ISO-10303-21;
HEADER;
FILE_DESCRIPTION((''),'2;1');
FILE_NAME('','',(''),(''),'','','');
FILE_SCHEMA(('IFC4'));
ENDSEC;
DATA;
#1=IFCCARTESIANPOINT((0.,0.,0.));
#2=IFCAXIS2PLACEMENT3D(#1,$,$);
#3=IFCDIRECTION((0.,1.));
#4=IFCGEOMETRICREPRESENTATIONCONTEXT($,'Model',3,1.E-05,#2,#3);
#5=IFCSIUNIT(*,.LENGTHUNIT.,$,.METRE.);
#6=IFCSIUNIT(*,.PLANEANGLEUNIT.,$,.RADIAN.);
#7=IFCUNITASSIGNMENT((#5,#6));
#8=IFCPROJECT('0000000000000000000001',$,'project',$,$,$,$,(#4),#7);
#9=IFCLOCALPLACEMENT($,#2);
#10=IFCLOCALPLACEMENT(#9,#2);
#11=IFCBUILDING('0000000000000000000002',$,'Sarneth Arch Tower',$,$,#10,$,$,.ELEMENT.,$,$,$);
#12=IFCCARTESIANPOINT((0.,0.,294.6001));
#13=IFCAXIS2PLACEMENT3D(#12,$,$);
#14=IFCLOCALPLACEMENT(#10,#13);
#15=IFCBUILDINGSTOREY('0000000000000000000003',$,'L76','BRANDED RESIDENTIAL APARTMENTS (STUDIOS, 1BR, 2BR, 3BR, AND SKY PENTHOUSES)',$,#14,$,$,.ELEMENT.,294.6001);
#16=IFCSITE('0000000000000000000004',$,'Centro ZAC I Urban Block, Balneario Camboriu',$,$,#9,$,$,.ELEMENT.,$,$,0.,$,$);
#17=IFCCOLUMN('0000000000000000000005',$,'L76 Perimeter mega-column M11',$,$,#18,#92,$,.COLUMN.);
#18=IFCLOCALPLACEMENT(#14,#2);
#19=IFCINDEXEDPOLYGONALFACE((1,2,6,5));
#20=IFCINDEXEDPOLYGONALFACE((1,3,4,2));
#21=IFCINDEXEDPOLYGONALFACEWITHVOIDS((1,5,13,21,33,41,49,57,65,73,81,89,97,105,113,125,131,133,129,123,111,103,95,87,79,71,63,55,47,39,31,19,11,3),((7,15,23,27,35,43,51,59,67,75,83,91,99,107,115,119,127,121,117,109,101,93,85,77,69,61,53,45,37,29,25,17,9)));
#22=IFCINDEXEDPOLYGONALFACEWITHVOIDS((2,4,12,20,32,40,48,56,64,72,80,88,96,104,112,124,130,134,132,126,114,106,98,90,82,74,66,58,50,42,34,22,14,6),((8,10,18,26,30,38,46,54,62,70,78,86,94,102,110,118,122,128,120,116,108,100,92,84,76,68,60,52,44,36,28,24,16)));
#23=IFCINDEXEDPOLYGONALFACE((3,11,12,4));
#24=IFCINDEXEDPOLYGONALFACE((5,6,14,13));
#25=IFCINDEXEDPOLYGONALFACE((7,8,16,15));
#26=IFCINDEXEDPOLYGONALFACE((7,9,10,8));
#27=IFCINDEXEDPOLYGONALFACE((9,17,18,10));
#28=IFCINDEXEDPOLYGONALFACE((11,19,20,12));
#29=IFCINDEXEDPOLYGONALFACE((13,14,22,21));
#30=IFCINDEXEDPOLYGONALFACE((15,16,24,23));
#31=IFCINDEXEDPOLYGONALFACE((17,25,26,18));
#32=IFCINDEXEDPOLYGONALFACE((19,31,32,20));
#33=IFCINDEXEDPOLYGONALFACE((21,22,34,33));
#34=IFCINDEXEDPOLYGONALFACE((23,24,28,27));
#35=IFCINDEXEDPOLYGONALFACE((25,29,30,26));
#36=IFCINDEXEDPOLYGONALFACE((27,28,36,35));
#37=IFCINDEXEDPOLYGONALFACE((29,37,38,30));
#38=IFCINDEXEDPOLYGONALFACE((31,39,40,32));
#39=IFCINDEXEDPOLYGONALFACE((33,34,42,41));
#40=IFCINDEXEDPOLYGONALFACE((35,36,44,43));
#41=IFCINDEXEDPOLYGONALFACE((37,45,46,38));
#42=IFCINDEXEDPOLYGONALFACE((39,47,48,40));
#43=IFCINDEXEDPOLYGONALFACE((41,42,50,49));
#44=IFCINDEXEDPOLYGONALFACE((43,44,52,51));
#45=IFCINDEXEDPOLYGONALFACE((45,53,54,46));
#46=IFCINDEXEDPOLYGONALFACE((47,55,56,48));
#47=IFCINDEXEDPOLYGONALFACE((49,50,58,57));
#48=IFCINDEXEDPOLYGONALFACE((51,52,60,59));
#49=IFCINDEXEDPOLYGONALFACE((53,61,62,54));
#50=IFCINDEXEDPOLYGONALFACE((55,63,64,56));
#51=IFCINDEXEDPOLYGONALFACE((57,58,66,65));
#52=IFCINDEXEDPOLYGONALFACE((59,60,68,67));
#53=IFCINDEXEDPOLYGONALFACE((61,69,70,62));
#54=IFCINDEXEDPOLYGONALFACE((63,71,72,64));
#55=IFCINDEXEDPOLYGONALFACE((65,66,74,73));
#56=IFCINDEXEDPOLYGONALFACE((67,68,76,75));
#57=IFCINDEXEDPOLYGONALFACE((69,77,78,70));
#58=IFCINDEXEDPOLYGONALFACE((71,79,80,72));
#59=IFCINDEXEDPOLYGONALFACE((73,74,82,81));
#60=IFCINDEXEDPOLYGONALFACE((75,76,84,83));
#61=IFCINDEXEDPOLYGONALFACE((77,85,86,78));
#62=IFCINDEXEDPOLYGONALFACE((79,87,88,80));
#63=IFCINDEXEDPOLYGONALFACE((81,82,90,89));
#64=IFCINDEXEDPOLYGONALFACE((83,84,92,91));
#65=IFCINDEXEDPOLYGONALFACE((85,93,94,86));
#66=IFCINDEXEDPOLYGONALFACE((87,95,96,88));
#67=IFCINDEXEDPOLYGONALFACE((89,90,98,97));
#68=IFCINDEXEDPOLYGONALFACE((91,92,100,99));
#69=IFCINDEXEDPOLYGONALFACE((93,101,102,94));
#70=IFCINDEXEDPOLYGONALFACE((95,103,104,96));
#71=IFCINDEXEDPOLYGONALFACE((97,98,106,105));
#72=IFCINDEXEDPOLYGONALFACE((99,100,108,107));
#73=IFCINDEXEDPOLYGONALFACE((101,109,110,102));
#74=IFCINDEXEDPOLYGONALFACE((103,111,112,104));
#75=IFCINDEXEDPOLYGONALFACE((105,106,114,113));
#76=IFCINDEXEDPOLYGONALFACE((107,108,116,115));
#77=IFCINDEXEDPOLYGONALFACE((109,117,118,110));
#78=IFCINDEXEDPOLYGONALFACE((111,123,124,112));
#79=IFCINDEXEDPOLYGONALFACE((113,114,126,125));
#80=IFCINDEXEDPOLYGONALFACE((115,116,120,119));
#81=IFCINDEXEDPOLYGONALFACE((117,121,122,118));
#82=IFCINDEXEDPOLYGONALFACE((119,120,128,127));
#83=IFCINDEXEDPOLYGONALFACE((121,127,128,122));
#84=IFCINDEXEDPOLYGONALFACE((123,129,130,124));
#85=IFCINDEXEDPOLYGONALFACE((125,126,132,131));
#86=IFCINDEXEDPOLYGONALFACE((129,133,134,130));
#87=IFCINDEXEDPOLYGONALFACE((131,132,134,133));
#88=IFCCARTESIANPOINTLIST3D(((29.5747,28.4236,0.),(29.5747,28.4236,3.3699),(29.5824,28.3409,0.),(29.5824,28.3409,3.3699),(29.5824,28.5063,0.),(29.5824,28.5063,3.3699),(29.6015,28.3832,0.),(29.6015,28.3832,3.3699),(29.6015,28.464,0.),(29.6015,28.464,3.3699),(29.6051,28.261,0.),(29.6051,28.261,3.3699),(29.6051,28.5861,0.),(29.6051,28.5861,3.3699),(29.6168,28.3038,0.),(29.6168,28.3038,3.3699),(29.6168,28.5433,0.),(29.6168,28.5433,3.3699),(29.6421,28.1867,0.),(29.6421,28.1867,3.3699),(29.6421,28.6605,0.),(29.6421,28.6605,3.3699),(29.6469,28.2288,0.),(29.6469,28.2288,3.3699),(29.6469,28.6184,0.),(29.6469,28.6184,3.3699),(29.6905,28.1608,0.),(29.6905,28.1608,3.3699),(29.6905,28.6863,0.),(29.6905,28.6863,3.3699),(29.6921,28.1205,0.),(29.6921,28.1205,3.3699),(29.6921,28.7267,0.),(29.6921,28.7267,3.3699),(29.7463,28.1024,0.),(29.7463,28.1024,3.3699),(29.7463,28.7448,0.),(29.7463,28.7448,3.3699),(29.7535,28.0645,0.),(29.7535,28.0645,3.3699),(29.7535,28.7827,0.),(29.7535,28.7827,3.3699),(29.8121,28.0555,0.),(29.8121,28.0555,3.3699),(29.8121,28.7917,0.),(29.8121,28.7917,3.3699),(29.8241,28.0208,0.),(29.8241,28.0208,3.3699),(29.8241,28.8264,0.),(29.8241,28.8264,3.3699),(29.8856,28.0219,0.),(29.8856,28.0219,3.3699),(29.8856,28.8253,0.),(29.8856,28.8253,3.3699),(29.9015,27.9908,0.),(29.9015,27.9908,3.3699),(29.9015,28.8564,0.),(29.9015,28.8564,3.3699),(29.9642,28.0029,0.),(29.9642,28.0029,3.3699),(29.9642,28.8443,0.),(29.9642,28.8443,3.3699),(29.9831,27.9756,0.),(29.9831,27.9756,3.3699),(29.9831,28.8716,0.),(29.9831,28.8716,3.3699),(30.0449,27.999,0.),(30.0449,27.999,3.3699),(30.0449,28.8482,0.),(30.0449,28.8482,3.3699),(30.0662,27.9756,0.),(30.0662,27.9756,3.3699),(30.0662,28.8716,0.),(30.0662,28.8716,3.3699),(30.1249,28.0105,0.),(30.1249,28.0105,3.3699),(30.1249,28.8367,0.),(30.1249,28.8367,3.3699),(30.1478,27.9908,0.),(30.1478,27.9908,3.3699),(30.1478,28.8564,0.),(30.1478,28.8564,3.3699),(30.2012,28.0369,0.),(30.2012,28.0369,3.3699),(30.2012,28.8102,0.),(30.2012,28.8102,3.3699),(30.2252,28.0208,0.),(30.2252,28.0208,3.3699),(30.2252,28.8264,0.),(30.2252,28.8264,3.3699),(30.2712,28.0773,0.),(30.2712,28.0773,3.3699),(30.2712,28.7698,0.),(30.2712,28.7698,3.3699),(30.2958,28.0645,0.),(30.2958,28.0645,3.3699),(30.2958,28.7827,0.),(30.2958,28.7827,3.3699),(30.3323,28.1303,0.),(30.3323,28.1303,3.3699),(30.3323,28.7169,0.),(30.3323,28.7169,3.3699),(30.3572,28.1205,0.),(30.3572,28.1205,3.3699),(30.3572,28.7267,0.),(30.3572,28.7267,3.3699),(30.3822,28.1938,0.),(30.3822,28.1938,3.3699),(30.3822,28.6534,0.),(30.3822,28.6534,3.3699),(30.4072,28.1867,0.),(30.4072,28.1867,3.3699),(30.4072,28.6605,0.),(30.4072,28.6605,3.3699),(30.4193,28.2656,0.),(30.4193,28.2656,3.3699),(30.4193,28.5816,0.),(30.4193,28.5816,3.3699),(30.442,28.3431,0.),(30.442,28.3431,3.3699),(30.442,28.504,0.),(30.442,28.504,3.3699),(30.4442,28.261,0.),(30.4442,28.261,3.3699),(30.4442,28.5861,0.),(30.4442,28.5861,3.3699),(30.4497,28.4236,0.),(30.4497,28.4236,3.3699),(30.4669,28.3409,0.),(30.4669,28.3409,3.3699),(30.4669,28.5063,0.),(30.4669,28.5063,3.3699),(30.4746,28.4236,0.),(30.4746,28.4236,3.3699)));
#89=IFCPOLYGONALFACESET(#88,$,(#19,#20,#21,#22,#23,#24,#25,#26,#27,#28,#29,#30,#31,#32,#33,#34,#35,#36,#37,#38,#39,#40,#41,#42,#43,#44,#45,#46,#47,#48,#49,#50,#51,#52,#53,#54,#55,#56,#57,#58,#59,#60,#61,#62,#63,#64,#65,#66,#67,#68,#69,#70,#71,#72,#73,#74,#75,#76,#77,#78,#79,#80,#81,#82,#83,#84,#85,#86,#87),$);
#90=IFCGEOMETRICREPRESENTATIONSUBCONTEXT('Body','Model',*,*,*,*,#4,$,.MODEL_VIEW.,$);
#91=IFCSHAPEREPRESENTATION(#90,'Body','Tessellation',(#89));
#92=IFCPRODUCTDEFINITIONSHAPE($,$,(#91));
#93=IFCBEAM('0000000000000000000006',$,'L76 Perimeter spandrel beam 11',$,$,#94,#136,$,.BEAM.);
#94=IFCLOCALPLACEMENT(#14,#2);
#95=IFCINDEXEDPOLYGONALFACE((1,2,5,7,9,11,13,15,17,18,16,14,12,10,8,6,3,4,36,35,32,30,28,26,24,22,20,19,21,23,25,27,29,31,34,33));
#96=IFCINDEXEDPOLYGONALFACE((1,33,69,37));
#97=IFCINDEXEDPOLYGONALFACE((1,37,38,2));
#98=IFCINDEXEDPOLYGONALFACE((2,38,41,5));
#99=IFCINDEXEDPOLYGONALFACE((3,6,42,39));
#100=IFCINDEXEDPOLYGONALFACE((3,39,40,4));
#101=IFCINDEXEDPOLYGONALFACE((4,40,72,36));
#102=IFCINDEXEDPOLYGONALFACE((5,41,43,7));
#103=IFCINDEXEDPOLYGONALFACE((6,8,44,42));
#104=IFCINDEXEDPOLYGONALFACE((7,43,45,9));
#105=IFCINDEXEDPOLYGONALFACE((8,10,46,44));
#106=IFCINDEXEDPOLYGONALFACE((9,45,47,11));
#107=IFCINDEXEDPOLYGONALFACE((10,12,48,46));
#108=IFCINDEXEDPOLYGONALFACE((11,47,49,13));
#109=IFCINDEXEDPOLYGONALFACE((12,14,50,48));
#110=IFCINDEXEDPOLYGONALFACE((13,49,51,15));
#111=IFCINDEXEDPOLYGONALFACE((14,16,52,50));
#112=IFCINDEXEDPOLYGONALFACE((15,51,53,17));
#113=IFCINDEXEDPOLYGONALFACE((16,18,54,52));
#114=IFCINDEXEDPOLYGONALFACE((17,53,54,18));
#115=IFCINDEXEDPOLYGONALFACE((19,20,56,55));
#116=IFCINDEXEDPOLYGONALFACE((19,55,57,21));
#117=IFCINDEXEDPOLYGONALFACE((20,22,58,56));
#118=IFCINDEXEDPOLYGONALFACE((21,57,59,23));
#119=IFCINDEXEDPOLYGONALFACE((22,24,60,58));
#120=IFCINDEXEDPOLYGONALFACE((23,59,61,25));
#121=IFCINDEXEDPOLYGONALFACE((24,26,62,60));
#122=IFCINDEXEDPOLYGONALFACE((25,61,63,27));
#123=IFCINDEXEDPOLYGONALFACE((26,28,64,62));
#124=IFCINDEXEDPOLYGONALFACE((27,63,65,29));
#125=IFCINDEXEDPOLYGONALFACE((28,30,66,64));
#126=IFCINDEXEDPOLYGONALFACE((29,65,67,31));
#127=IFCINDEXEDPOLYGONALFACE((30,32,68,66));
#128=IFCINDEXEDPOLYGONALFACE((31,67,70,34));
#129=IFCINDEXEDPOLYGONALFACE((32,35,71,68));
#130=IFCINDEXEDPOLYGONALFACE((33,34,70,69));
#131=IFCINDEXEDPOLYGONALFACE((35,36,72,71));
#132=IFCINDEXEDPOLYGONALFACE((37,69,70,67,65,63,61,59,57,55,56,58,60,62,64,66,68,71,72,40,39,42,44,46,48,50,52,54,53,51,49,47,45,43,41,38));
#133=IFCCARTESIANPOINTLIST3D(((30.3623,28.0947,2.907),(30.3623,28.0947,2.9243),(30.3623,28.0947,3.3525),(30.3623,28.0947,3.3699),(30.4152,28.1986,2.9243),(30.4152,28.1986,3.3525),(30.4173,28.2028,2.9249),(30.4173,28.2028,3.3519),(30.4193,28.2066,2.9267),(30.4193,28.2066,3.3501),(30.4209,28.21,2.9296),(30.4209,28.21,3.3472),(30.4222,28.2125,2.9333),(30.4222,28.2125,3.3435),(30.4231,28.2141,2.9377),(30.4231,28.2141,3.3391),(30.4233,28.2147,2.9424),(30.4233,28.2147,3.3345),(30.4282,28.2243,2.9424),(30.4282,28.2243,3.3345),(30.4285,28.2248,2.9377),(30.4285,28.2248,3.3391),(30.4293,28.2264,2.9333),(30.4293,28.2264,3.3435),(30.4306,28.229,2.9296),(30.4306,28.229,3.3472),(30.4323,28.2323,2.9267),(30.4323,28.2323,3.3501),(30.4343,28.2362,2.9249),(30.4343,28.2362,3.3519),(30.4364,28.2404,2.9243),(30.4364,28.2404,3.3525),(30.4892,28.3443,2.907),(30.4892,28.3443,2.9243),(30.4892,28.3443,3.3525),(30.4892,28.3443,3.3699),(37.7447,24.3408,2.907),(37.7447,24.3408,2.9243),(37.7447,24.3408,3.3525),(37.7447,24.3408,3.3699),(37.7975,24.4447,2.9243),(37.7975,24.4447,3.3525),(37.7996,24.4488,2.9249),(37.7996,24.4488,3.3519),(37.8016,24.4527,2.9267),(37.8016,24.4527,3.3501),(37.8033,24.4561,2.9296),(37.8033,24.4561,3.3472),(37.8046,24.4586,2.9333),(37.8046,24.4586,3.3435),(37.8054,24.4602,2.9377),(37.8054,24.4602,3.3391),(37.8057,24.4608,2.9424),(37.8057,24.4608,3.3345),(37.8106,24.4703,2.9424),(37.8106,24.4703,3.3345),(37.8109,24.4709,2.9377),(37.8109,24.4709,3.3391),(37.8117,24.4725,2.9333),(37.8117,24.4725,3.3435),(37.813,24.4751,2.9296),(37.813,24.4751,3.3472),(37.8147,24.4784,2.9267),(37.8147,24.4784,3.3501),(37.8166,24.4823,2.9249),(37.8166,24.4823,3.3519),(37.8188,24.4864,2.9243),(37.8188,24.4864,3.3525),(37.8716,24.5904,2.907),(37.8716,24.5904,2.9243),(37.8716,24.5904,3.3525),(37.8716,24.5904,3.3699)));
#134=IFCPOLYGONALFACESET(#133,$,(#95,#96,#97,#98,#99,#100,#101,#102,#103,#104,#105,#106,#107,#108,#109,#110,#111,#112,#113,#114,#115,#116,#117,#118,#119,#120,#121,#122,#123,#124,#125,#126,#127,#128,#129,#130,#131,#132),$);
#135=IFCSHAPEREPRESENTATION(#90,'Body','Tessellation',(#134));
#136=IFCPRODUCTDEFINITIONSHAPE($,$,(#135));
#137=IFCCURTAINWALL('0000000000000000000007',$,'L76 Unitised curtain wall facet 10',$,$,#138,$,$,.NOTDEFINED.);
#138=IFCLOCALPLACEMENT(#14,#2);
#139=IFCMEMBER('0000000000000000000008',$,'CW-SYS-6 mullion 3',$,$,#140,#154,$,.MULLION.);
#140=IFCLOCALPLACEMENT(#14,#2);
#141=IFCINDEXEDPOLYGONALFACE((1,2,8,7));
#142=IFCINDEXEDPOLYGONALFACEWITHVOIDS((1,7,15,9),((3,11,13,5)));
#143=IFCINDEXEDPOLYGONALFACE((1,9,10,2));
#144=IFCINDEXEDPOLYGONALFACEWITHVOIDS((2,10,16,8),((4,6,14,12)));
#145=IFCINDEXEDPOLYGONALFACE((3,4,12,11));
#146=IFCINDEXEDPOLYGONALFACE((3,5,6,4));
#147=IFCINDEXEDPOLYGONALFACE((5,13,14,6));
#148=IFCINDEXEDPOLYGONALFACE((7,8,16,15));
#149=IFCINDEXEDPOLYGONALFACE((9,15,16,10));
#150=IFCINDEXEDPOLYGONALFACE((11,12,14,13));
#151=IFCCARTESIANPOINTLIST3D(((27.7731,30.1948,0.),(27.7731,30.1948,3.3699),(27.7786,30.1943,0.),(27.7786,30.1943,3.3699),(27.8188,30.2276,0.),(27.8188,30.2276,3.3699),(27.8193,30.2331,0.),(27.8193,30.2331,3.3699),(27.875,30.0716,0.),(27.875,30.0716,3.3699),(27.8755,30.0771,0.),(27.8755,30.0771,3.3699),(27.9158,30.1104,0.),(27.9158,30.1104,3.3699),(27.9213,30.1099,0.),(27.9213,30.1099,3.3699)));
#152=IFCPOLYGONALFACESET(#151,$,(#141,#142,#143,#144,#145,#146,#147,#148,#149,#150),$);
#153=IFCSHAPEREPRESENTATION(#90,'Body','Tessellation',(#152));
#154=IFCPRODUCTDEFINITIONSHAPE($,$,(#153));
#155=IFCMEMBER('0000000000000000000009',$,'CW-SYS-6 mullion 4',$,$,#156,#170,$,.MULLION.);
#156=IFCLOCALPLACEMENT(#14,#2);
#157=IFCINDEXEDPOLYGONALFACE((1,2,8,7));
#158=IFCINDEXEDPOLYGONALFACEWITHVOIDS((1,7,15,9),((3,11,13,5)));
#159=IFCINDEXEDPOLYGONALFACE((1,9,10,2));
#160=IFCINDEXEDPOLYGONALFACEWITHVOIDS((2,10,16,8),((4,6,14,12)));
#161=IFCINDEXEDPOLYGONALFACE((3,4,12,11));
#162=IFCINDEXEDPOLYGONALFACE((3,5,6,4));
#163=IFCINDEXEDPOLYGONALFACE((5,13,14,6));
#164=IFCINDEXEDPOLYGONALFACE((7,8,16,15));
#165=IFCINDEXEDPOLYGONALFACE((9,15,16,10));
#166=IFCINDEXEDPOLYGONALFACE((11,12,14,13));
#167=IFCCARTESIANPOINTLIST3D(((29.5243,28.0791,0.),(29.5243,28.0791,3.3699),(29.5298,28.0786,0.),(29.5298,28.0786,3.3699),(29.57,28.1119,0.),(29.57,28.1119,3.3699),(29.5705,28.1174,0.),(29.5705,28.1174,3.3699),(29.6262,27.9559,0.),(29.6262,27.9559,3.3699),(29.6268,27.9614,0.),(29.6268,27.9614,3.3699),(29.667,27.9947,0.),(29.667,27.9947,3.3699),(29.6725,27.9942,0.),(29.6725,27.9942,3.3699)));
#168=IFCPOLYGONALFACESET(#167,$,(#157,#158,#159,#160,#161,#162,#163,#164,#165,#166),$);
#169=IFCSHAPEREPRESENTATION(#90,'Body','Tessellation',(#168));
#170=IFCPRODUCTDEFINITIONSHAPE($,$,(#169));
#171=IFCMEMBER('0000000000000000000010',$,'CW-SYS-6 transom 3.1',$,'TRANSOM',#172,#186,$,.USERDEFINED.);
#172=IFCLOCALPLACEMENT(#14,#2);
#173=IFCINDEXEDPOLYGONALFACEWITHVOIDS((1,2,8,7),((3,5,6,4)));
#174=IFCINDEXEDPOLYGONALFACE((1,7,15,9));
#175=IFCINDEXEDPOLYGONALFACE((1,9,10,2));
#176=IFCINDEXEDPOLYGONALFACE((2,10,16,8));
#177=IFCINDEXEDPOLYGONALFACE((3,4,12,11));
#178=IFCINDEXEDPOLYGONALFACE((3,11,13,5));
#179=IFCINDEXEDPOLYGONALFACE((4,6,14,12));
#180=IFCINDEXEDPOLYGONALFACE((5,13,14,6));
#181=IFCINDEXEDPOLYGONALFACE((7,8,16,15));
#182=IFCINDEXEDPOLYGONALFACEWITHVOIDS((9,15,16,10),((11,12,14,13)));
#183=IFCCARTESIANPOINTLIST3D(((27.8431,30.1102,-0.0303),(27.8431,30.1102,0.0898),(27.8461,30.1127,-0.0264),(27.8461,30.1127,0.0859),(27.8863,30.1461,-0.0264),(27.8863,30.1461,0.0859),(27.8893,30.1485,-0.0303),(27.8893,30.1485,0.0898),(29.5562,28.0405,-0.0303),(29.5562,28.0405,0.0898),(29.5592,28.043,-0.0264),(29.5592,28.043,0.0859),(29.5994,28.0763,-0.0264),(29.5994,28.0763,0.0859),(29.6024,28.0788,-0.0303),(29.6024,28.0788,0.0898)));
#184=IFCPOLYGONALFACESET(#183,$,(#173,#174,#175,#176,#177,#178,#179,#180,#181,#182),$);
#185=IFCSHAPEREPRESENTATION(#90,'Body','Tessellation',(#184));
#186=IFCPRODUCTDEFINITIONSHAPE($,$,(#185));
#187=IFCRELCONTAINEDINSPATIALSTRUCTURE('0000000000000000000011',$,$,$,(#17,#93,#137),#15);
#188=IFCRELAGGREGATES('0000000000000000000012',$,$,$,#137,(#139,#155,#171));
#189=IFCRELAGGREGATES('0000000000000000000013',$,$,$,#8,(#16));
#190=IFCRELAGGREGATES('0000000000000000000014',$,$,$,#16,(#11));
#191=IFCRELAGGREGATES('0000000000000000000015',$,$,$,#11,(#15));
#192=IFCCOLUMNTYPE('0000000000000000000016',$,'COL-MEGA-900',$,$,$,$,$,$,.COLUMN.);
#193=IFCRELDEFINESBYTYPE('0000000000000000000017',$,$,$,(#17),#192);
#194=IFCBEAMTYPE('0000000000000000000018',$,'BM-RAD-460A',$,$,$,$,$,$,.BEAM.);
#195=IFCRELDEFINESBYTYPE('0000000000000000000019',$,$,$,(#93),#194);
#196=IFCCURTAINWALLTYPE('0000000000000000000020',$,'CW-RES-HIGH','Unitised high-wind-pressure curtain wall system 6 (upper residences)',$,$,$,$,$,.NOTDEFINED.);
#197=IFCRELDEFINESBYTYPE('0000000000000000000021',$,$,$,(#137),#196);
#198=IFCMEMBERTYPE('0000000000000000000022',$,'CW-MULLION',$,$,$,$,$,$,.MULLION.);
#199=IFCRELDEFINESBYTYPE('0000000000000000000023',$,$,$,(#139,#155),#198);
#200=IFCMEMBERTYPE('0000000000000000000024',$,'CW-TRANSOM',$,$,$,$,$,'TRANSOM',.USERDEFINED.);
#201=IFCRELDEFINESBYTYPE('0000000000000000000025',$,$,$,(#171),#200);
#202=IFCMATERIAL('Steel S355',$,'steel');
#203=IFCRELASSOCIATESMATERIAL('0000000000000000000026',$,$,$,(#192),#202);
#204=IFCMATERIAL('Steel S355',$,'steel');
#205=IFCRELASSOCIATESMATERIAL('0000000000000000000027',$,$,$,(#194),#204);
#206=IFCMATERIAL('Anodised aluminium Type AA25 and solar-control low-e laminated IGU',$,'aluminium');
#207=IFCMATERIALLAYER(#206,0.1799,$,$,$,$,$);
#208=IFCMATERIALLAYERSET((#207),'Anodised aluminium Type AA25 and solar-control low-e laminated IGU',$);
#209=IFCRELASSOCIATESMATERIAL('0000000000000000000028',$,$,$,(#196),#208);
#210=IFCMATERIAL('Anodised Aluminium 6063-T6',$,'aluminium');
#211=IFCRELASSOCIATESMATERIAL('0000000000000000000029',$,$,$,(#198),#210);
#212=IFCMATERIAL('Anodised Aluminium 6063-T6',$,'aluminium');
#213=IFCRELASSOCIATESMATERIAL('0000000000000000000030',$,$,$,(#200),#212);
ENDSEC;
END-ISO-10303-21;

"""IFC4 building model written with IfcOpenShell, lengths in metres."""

from ifc_helpers import new_model, si_unit, direction, frame, origin, origin_2d, place, context, subcontext, project, spatial, hollow_rectangle, hollow_circle, i_section, extrude, material, layer, layer_set, material_profile, profile_set, type_object, element, aggregate, save


model = new_model("IFC4")

# Units and contexts
model_context = context("Model", 3, precision=1e-05, world=origin(), true_north=direction((0.0, 1.0)))
body_context = subcontext(model_context, "Body", "Model", "MODEL_VIEW")
ifc_project = project(units=[si_unit("LENGTHUNIT", "METRE"), si_unit("PLANEANGLEUNIT", "RADIAN")], contexts=[model_context])

# Site, building, storey
site_placement = place(None, origin())
site = spatial("IfcSite", under=ifc_project, at=site_placement, Name="Centro ZAC I Urban Block, Balneario Camboriu", CompositionType="ELEMENT", RefElevation=0.0)
building_placement = place(site_placement, origin())
building = spatial("IfcBuilding", under=site, at=building_placement, Name="Sarneth Arch Tower", CompositionType="ELEMENT")
storey_placement = place(building_placement, frame((0.0, 0.0, 294.6001)))
storey = spatial("IfcBuildingStorey", under=building, at=storey_placement, Name="L76", Description="BRANDED RESIDENTIAL APARTMENTS (STUDIOS, 1BR, 2BR, 3BR, AND SKY PENTHOUSES)", CompositionType="ELEMENT", Elevation=294.6001)

# Column
ifc_material_1 = material(Name="Steel S355", Category="steel")
ifc_material_profile_1 = material_profile(ifc_material_1, hollow_circle(Radius=0.45, WallThickness=0.0249, at=origin_2d()), Name="CHS900x25")
ifc_profile_set_1 = profile_set([ifc_material_profile_1], Name="Steel S355")
column_type = type_object("IfcColumnType", Name="COL-MEGA-900", PredefinedType="COLUMN", material=ifc_profile_set_1)
column_placement = place(storey_placement, frame((30.0247, 28.4236, 0.0), z_axis=(0.0, 0.0, 1.0), x_axis=(1.0, 0.0, 0.0)))
element("IfcColumn", 1, at=column_placement, inside=storey, type_object=column_type, Name="L76 Perimeter mega-column M11", PredefinedType="COLUMN", context=body_context, shape_type="SweptSolid", body=[
    extrude(hollow_circle(Radius=0.45, WallThickness=0.0249, at=origin_2d()), origin(), (0.0, 0.0, 1.0), 3.3699),
])

# Beam
ifc_material_2 = material(Name="Steel S355", Category="steel")
ifc_material_profile_2 = material_profile(ifc_material_2, i_section(OverallWidth=0.28, OverallDepth=0.4629, WebThickness=0.0107, FlangeThickness=0.0173, FilletRadius=0.0181, at=origin_2d()), Name="W460x113")
ifc_profile_set_2 = profile_set([ifc_material_profile_2], Name="Steel S355")
beam_type = type_object("IfcBeamType", Name="BM-RAD-460A", PredefinedType="BEAM", material=ifc_profile_set_2)
beam_placement = place(storey_placement, frame((30.4258, 28.2195, 3.1384), z_axis=(0.891376, -0.453264, 0.0), x_axis=(0.453264, 0.891376, 0.0)))
element("IfcBeam", 2, at=beam_placement, inside=storey, type_object=beam_type, Name="L76 Perimeter spandrel beam 11", PredefinedType="BEAM", context=body_context, shape_type="SweptSolid", body=[
    extrude(i_section(OverallWidth=0.28, OverallDepth=0.4629, WebThickness=0.0107, FlangeThickness=0.0173, FilletRadius=0.0181, at=origin_2d()), origin(), (0.0, 0.0, 1.0), 8.282),
])

# Curtain wall, members
ifc_material_3 = material(Name="Anodised aluminium Type AA25 and solar-control low-e laminated IGU", Category="aluminium")
ifc_layer_1 = layer(ifc_material_3, 0.1799)
ifc_layer_set_1 = layer_set([ifc_layer_1], Name="Anodised aluminium Type AA25 and solar-control low-e laminated IGU")
curtain_wall_type = type_object("IfcCurtainWallType", Name="CW-RES-HIGH", Description="Unitised high-wind-pressure curtain wall system 6 (upper residences)", PredefinedType="NOTDEFINED", material=ifc_layer_set_1)
curtain_wall_placement = place(storey_placement, origin())
curtain_wall = element("IfcCurtainWall", 3, at=curtain_wall_placement, inside=storey, type_object=curtain_wall_type, Name="L76 Unitised curtain wall facet 10", PredefinedType="NOTDEFINED")
ifc_material_4 = material(Name="Anodised Aluminium 6063-T6", Category="aluminium")
ifc_material_profile_3 = material_profile(ifc_material_4, hollow_rectangle(XDim=0.0601, YDim=0.1599, WallThickness=0.0039, at=origin_2d()), Name="AL-MULL-160x60x4")
ifc_profile_set_3 = profile_set([ifc_material_profile_3], Name="Anodised Aluminium 6063-T6")
member_type_1 = type_object("IfcMemberType", Name="CW-MULLION", PredefinedType="MULLION", material=ifc_profile_set_3)
member_1_placement = place(storey_placement, frame((27.8472, 30.1523, 0.0), z_axis=(0.0, 0.0, 1.0), x_axis=(0.770359, 0.63761, 0.0)))
member_1 = element("IfcMember", 4, at=member_1_placement, type_object=member_type_1, Name="CW-SYS-6 mullion 3", PredefinedType="MULLION", context=body_context, shape_type="SweptSolid", body=[
    extrude(hollow_rectangle(XDim=0.0601, YDim=0.1599, WallThickness=0.0039, at=origin_2d()), origin(), (0.0, 0.0, 1.0), 3.3699),
])
member_2_placement = place(storey_placement, frame((29.5984, 28.0366, 0.0), z_axis=(0.0, 0.0, 1.0), x_axis=(0.770359, 0.63761, 0.0)))
member_2 = element("IfcMember", 5, at=member_2_placement, type_object=member_type_1, Name="CW-SYS-6 mullion 4", PredefinedType="MULLION", context=body_context, shape_type="SweptSolid", body=[
    extrude(hollow_rectangle(XDim=0.0601, YDim=0.1599, WallThickness=0.0039, at=origin_2d()), origin(), (0.0, 0.0, 1.0), 3.3699),
])
ifc_material_5 = material(Name="Anodised Aluminium 6063-T6", Category="aluminium")
ifc_material_profile_4 = material_profile(ifc_material_5, hollow_rectangle(XDim=0.0601, YDim=0.1201, WallThickness=0.0039, at=origin_2d()), Name="AL-TRAN-120x60x4")
ifc_profile_set_4 = profile_set([ifc_material_profile_4], Name="Anodised Aluminium 6063-T6")
member_type_2 = type_object("IfcMemberType", Name="CW-TRANSOM", ElementType="TRANSOM", PredefinedType="USERDEFINED", material=ifc_profile_set_4)
member_3_placement = place(storey_placement, frame((27.8662, 30.1294, 0.0298), z_axis=(0.637607, -0.770362, 0.0), x_axis=(0.770362, 0.637607, 0.0)))
member_3 = element("IfcMember", 6, at=member_3_placement, type_object=member_type_2, Name="CW-SYS-6 transom 3.1", ObjectType="TRANSOM", PredefinedType="USERDEFINED", context=body_context, shape_type="SweptSolid", body=[
    extrude(hollow_rectangle(XDim=0.0601, YDim=0.1201, WallThickness=0.0039, at=origin_2d()), origin(), (0.0, 0.0, 1.0), 2.6868),
])

aggregate(curtain_wall, [member_1, member_2, member_3])

save(model, "model.ifc")
